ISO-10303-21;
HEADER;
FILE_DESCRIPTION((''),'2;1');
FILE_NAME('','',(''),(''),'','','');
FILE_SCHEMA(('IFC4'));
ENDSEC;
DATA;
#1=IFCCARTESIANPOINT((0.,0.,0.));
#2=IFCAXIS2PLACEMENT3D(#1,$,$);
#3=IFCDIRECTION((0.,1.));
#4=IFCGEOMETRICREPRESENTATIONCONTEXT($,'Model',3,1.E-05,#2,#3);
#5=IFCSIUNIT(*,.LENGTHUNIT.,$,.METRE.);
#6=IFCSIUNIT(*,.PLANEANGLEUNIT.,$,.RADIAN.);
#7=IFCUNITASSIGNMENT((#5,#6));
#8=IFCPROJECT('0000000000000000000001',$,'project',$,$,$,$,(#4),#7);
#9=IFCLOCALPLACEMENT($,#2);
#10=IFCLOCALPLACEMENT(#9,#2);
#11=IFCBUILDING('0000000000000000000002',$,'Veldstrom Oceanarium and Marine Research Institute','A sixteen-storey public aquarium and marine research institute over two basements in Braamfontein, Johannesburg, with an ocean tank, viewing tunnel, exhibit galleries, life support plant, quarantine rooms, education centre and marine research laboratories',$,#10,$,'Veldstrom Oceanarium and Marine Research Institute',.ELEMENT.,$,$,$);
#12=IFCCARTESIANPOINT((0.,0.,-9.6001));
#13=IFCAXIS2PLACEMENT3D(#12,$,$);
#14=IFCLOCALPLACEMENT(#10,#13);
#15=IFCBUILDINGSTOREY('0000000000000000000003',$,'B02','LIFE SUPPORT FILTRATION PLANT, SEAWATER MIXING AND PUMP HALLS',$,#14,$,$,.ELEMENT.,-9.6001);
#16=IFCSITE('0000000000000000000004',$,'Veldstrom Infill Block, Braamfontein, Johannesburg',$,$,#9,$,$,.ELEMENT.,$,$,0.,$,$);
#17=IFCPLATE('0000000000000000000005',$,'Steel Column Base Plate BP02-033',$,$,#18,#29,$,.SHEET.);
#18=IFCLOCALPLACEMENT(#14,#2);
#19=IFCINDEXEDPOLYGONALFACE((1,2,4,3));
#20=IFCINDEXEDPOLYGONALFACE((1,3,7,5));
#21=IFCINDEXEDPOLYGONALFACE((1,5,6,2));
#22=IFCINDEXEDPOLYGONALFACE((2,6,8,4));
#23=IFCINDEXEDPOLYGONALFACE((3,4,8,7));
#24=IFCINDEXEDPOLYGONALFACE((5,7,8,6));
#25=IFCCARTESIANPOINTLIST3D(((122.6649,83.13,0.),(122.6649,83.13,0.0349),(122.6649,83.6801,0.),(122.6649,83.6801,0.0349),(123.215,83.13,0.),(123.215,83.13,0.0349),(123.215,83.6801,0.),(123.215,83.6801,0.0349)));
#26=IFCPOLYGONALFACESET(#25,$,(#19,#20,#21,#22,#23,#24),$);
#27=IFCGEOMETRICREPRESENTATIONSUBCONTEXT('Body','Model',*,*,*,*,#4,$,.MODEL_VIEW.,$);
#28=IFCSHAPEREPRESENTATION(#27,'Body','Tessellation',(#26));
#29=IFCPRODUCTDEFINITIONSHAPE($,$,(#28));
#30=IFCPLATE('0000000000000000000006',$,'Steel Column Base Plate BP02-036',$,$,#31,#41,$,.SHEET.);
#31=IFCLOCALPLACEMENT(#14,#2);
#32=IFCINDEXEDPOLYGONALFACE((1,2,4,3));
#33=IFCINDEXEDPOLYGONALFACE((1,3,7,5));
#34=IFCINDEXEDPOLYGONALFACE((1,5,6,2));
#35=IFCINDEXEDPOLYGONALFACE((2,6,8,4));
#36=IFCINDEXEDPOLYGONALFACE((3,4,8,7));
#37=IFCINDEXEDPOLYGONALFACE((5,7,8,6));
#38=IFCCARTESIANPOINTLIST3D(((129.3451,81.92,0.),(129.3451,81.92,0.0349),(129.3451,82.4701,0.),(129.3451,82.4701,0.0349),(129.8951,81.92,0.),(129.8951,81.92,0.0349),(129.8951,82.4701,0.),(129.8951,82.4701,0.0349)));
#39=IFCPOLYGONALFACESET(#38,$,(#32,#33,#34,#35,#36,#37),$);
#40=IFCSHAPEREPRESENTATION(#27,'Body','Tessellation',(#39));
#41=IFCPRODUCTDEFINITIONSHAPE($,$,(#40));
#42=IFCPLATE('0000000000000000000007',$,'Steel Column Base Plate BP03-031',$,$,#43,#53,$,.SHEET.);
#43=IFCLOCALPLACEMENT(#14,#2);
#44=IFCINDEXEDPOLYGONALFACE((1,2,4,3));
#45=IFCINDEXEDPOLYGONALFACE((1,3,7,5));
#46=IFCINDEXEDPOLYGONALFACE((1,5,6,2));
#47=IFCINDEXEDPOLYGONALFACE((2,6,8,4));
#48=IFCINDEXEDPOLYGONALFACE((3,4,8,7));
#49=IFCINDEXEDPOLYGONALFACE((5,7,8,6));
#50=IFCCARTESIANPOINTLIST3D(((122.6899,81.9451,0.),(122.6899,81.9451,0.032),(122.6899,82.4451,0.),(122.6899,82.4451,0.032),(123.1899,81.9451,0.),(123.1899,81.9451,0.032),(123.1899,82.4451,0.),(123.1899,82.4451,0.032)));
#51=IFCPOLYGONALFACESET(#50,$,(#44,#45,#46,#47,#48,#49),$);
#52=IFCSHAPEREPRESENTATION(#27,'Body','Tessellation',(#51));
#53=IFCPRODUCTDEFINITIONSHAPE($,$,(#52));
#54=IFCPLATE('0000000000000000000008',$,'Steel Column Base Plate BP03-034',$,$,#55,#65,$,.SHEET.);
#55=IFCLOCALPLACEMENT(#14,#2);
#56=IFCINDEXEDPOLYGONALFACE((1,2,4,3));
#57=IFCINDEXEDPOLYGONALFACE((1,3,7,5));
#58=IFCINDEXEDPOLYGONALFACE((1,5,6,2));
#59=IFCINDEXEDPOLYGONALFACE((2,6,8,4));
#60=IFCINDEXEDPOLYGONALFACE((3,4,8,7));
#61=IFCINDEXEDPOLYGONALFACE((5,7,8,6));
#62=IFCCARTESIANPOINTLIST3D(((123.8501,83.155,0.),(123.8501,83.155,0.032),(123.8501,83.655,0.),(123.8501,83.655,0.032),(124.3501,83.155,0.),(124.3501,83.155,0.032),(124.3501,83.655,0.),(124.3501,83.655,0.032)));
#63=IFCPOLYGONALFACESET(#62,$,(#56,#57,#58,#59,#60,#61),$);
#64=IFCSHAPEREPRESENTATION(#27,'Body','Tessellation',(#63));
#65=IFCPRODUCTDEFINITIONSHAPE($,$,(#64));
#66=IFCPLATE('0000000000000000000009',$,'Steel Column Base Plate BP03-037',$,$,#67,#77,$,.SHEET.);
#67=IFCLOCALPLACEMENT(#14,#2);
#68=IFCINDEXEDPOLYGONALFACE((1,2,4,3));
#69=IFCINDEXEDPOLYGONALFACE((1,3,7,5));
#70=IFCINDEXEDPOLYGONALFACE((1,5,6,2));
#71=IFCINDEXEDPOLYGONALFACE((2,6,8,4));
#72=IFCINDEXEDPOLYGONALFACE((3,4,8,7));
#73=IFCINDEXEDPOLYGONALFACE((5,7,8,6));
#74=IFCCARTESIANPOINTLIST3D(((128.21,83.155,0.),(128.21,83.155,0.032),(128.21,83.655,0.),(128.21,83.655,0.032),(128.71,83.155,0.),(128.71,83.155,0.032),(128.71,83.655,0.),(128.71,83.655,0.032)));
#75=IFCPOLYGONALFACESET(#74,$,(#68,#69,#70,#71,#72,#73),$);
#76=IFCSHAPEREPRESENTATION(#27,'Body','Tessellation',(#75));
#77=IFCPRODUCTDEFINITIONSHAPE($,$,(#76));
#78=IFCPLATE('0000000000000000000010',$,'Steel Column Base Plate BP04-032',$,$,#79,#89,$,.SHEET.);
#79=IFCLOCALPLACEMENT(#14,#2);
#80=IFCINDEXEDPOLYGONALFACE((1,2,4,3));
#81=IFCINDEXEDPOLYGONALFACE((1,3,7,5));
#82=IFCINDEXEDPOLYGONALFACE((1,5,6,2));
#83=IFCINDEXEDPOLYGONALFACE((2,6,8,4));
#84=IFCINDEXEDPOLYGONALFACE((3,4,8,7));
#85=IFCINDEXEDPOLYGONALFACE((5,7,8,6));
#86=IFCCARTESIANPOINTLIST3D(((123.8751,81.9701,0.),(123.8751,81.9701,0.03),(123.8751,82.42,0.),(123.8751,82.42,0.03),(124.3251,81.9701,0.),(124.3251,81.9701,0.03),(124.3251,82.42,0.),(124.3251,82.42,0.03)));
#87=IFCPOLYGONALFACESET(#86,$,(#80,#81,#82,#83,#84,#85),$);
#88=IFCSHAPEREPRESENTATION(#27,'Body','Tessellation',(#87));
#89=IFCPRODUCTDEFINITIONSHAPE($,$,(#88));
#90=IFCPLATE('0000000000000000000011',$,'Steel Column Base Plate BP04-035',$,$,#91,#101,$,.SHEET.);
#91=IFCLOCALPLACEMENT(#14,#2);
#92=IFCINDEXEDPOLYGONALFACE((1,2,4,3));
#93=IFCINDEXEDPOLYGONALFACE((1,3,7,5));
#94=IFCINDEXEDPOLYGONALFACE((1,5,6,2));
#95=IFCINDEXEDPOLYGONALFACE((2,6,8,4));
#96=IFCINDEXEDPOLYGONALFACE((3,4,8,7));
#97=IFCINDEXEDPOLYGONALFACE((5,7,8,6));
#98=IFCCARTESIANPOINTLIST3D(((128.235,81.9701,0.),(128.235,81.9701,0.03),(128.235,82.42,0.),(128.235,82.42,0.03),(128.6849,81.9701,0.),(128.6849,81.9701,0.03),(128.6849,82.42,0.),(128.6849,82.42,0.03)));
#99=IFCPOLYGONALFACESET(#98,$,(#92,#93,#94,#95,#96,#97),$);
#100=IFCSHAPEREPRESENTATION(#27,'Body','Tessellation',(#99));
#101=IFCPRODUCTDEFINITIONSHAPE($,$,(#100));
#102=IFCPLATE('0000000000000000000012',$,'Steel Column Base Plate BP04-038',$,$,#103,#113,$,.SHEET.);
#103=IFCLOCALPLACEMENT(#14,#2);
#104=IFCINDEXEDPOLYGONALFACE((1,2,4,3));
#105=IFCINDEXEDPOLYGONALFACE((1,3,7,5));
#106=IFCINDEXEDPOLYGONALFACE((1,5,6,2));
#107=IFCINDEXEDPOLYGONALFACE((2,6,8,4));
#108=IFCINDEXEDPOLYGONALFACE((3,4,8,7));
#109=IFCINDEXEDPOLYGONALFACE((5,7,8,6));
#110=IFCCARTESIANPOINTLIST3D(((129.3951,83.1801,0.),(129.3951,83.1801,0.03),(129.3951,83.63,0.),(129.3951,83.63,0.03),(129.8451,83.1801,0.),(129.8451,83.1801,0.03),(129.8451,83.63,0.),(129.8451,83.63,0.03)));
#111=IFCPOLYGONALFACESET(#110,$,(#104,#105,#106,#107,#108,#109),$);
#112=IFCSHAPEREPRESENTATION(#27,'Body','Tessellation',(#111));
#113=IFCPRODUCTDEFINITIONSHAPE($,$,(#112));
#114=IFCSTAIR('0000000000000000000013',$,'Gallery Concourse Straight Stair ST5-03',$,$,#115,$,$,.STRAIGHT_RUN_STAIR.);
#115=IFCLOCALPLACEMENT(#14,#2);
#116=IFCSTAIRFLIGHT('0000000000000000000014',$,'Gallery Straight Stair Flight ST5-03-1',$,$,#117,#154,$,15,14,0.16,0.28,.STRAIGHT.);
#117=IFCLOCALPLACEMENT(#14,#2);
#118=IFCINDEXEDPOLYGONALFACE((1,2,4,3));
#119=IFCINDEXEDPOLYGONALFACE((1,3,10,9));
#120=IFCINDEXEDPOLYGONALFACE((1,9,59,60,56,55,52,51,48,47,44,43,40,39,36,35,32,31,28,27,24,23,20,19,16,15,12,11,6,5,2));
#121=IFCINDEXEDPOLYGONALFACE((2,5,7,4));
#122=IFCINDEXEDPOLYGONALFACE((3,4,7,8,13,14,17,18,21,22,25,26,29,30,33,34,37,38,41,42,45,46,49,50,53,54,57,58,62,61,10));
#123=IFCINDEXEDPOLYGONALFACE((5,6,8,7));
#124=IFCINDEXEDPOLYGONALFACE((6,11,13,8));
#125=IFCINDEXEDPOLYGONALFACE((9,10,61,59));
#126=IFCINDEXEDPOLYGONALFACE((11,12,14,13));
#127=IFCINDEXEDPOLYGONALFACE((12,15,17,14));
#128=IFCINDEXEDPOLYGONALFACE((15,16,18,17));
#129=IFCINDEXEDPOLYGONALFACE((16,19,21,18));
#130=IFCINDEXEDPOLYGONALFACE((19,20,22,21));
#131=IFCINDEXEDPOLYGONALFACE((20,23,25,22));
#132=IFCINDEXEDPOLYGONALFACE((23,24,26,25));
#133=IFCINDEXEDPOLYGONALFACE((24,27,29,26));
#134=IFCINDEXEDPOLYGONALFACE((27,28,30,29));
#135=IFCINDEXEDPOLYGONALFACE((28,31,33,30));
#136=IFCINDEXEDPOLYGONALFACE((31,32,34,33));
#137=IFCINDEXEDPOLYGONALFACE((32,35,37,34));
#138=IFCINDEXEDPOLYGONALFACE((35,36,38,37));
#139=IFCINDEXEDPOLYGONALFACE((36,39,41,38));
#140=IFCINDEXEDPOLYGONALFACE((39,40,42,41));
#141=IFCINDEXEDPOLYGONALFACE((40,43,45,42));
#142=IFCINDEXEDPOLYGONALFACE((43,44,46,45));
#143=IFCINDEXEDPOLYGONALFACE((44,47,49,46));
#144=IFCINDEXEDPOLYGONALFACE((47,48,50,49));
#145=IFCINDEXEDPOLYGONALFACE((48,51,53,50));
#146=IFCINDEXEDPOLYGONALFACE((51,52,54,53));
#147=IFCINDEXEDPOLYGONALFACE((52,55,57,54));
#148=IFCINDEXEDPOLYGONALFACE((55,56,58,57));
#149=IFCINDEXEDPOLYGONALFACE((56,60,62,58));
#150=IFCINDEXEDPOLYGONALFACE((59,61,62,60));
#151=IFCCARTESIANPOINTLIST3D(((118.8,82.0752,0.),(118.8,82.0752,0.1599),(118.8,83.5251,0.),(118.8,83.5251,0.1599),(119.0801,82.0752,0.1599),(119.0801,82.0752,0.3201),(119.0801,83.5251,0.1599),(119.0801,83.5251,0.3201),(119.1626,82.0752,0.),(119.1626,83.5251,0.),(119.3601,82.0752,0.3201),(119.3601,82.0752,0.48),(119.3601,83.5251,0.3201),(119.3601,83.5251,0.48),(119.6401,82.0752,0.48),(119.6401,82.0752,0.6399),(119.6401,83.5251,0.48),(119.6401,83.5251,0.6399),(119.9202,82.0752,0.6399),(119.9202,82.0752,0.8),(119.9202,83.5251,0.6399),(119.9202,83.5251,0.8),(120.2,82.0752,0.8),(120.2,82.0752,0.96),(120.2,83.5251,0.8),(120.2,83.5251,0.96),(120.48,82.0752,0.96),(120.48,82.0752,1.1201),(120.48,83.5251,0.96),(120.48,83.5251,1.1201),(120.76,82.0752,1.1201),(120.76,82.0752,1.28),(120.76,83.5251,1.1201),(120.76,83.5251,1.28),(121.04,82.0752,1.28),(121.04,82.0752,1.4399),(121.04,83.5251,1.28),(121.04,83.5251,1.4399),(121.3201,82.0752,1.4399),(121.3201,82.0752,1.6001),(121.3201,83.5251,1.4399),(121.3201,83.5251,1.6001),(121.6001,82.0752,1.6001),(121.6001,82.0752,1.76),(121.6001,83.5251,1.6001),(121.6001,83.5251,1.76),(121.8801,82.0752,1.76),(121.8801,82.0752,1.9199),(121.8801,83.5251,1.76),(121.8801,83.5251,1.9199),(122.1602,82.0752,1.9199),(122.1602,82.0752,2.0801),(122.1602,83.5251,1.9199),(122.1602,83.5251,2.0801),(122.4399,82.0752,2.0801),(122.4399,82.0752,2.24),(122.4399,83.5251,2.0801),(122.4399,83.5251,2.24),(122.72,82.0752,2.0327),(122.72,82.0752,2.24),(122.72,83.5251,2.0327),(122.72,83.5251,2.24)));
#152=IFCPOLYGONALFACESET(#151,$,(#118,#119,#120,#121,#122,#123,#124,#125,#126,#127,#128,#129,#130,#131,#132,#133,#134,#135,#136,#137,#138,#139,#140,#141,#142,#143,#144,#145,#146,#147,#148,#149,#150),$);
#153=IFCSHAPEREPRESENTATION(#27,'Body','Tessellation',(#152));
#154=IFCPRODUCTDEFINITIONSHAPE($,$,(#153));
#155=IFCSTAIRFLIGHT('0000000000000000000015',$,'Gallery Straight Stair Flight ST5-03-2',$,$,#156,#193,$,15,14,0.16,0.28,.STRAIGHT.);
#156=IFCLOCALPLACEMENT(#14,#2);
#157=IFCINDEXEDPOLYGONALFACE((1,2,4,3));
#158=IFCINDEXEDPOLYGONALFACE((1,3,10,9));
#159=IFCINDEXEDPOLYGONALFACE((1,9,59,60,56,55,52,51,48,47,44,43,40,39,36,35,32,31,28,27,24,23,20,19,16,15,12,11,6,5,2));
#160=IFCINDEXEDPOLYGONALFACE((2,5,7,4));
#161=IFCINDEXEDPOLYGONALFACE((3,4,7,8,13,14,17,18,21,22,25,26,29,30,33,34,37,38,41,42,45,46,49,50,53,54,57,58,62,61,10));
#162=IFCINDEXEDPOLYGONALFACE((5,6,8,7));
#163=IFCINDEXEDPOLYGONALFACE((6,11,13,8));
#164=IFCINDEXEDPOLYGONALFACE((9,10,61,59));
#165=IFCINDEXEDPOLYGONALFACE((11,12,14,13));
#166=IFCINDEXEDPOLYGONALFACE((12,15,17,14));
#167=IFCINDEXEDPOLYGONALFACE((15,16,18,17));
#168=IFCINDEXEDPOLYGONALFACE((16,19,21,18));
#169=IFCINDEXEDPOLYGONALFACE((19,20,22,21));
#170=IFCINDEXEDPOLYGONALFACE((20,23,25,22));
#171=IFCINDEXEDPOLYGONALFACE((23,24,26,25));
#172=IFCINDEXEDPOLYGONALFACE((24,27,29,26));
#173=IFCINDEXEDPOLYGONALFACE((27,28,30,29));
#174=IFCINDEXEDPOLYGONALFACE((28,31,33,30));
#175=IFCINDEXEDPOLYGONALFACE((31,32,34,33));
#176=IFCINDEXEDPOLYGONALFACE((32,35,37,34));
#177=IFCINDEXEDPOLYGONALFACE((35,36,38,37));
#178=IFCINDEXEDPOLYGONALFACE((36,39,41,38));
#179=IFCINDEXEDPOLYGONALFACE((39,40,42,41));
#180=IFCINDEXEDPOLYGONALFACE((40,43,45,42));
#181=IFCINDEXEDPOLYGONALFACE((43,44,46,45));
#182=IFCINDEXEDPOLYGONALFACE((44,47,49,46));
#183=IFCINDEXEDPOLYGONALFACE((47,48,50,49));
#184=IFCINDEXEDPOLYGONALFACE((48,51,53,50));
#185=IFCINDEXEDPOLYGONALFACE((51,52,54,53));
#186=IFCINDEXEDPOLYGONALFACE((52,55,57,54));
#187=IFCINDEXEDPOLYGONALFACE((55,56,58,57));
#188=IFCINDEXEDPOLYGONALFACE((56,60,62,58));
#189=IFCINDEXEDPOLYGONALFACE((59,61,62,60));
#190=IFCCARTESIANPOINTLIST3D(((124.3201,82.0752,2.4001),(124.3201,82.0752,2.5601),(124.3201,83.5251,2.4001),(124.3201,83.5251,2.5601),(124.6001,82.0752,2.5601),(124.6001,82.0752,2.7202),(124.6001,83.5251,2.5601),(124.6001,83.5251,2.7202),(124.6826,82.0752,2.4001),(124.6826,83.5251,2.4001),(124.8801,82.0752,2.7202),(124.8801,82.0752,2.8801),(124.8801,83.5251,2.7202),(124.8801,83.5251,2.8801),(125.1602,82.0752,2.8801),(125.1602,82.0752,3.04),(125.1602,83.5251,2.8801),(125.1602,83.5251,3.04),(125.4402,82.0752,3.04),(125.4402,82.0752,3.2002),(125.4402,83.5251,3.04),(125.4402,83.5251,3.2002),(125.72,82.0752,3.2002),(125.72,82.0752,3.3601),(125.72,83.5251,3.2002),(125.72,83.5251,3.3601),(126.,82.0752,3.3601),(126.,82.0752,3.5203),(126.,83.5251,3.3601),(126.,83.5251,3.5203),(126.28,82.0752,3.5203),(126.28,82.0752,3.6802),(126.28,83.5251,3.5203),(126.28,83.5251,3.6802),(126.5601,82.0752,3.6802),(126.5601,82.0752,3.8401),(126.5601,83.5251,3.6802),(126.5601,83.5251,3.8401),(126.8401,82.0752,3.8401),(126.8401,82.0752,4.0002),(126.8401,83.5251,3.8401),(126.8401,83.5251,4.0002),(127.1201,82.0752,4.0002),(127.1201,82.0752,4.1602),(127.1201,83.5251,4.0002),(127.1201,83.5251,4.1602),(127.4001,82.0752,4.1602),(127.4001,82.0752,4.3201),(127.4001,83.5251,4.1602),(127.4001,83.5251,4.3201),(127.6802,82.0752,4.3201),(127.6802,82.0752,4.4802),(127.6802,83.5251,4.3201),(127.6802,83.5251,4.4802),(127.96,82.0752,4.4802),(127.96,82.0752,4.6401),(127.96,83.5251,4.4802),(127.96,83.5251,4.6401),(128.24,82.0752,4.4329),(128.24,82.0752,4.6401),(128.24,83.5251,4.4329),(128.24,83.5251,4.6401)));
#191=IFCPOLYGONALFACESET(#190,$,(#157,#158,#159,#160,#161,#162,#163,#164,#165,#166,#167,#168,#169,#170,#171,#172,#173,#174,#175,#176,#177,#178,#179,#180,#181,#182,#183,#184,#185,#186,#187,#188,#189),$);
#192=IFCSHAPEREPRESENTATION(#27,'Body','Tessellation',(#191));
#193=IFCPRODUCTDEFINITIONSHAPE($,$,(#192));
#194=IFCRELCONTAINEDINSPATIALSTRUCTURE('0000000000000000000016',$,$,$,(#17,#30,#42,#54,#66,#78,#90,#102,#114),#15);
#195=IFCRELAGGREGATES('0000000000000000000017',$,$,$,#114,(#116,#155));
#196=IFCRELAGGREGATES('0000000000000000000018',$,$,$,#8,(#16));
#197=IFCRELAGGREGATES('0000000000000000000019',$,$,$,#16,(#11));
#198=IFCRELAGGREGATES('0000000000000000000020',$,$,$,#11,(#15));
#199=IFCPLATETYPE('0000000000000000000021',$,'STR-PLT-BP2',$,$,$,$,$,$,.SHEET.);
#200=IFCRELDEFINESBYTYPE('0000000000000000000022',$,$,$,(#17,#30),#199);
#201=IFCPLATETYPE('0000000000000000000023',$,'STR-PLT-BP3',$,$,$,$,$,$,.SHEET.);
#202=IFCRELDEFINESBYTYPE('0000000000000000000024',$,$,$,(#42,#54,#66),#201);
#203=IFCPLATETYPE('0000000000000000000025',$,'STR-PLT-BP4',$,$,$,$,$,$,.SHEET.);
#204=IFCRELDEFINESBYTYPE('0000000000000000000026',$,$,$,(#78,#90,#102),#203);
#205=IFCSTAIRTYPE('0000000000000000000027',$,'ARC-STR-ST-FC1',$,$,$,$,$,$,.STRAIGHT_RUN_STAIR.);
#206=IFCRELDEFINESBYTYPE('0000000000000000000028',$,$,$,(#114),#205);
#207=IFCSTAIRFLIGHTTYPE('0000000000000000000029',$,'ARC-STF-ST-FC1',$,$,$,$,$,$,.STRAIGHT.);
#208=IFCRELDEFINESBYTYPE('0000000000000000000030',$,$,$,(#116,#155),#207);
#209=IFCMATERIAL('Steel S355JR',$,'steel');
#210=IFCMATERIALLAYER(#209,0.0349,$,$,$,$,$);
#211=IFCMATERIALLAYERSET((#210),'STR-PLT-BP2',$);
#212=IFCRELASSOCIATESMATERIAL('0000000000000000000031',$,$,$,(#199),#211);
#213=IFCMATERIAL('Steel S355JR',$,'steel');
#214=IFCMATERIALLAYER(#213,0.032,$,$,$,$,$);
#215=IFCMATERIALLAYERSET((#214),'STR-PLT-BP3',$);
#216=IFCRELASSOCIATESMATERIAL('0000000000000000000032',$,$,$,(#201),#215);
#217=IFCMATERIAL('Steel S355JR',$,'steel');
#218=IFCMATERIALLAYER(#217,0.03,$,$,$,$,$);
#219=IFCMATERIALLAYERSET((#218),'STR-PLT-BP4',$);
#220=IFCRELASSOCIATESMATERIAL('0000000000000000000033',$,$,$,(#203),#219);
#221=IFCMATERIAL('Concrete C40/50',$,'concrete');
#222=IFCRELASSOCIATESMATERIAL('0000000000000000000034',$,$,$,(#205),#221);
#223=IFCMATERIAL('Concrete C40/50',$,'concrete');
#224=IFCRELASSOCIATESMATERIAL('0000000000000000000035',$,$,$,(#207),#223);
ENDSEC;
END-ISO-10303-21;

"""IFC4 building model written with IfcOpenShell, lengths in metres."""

from ifc_helpers import new_model, si_unit, direction, frame, origin, origin_2d, place, context, subcontext, project, spatial, polyline, rectangle, outline, extrude, material, layer, layer_set, type_object, element, aggregate, save


model = new_model("IFC4")

# Units and contexts
model_context = context("Model", 3, precision=1e-05, world=origin(), true_north=direction((0.0, 1.0)))
body_context = subcontext(model_context, "Body", "Model", "MODEL_VIEW")
ifc_project = project(units=[si_unit("LENGTHUNIT", "METRE"), si_unit("PLANEANGLEUNIT", "RADIAN")], contexts=[model_context])

# Site, building, storey
site_placement = place(None, origin())
site = spatial("IfcSite", under=ifc_project, at=site_placement, Name="Veldstrom Infill Block, Braamfontein, Johannesburg", CompositionType="ELEMENT", RefElevation=0.0)
building_placement = place(site_placement, origin())
building = spatial("IfcBuilding", under=site, at=building_placement, Name="Veldstrom Oceanarium and Marine Research Institute", Description="A sixteen-storey public aquarium and marine research institute over two basements in Braamfontein, Johannesburg, with an ocean tank, viewing tunnel, exhibit galleries, life support plant, quarantine rooms, education centre and marine research laboratories", LongName="Veldstrom Oceanarium and Marine Research Institute", CompositionType="ELEMENT")
storey_placement = place(building_placement, frame((0.0, 0.0, -9.6001)))
storey = spatial("IfcBuildingStorey", under=building, at=storey_placement, Name="B02", Description="LIFE SUPPORT FILTRATION PLANT, SEAWATER MIXING AND PUMP HALLS", CompositionType="ELEMENT", Elevation=-9.6001)

# Plates
ifc_material_1 = material(Name="Steel S355JR", Category="steel")
ifc_layer_1 = layer(ifc_material_1, 0.0349)
ifc_layer_set_1 = layer_set([ifc_layer_1], Name="STR-PLT-BP2")
plate_type_1 = type_object("IfcPlateType", Name="STR-PLT-BP2", PredefinedType="SHEET", material=ifc_layer_set_1)
for number, where, z_axis, x_axis, name in (
    (1, (122.9399, 83.405, 0.0), (0.0, 0.0, 1.0), (1.0, 0.0, 0.0), "Steel Column Base Plate BP02-033"),
    (2, (129.6201, 82.1951, 0.0), (0.0, 0.0, 1.0), (1.0, 0.0, 0.0), "Steel Column Base Plate BP02-036"),
):
    element("IfcPlate", number, at=place(storey_placement, frame(where, z_axis=z_axis, x_axis=x_axis)), inside=storey, type_object=plate_type_1, Name=name, PredefinedType="SHEET", context=body_context, shape_type="SweptSolid", body=[
        extrude(rectangle(XDim=0.55, YDim=0.55, at=origin_2d()), origin(), (0.0, 0.0, 1.0), 0.0349),
    ])
ifc_material_2 = material(Name="Steel S355JR", Category="steel")
ifc_layer_2 = layer(ifc_material_2, 0.032)
ifc_layer_set_2 = layer_set([ifc_layer_2], Name="STR-PLT-BP3")
plate_type_2 = type_object("IfcPlateType", Name="STR-PLT-BP3", PredefinedType="SHEET", material=ifc_layer_set_2)
for number, where, z_axis, x_axis, name in (
    (3, (122.9399, 82.1951, 0.0), (0.0, 0.0, 1.0), (1.0, 0.0, 0.0), "Steel Column Base Plate BP03-031"),
    (4, (124.1001, 83.405, 0.0), (0.0, 0.0, 1.0), (1.0, 0.0, 0.0), "Steel Column Base Plate BP03-034"),
    (5, (128.46, 83.405, 0.0), (0.0, 0.0, 1.0), (1.0, 0.0, 0.0), "Steel Column Base Plate BP03-037"),
):
    element("IfcPlate", number, at=place(storey_placement, frame(where, z_axis=z_axis, x_axis=x_axis)), inside=storey, type_object=plate_type_2, Name=name, PredefinedType="SHEET", context=body_context, shape_type="SweptSolid", body=[
        extrude(rectangle(XDim=0.5, YDim=0.5, at=origin_2d()), origin(), (0.0, 0.0, 1.0), 0.032),
    ])
ifc_material_3 = material(Name="Steel S355JR", Category="steel")
ifc_layer_3 = layer(ifc_material_3, 0.03)
ifc_layer_set_3 = layer_set([ifc_layer_3], Name="STR-PLT-BP4")
plate_type_3 = type_object("IfcPlateType", Name="STR-PLT-BP4", PredefinedType="SHEET", material=ifc_layer_set_3)
for number, where, z_axis, x_axis, name in (
    (6, (124.1001, 82.1951, 0.0), (0.0, 0.0, 1.0), (1.0, 0.0, 0.0), "Steel Column Base Plate BP04-032"),
    (7, (128.46, 82.1951, 0.0), (0.0, 0.0, 1.0), (1.0, 0.0, 0.0), "Steel Column Base Plate BP04-035"),
    (8, (129.6201, 83.405, 0.0), (0.0, 0.0, 1.0), (1.0, 0.0, 0.0), "Steel Column Base Plate BP04-038"),
):
    element("IfcPlate", number, at=place(storey_placement, frame(where, z_axis=z_axis, x_axis=x_axis)), inside=storey, type_object=plate_type_3, Name=name, PredefinedType="SHEET", context=body_context, shape_type="SweptSolid", body=[
        extrude(rectangle(XDim=0.45, YDim=0.45, at=origin_2d()), origin(), (0.0, 0.0, 1.0), 0.03),
    ])

# Stair, stair flights
ifc_material_4 = material(Name="Concrete C40/50", Category="concrete")
stair_type = type_object("IfcStairType", Name="ARC-STR-ST-FC1", PredefinedType="STRAIGHT_RUN_STAIR", material=ifc_material_4)
stair_placement = place(storey_placement, origin())
stair = element("IfcStair", 9, at=stair_placement, inside=storey, type_object=stair_type, Name="Gallery Concourse Straight Stair ST5-03", PredefinedType="STRAIGHT_RUN_STAIR")
ifc_material_5 = material(Name="Concrete C40/50", Category="concrete")
stair_flight_type = type_object("IfcStairFlightType", Name="ARC-STF-ST-FC1", PredefinedType="STRAIGHT", material=ifc_material_5)
stair_flight_1_placement = place(storey_placement, frame((118.8, 82.8, 0.0), z_axis=(0.0, 0.0, 1.0), x_axis=(1.0, 0.0, 0.0)))
stair_flight_1 = element("IfcStairFlight", 10, at=stair_flight_1_placement, type_object=stair_flight_type, Name="Gallery Straight Stair Flight ST5-03-1", NumberOfRisers=15, NumberOfTreads=14, PredefinedType="STRAIGHT", RiserHeight=0.16, TreadLength=0.28, context=body_context, shape_type="SweptSolid", body=[
    extrude(outline(polyline([(0.0, 0.0), (0.0, 0.1599), (0.28, 0.1599), (0.28, 0.3201), (0.5601, 0.3201), (0.5601, 0.48), (0.8401, 0.48), (0.8401, 0.6399), (1.1201, 0.6399), (1.1201, 0.8), (1.3999, 0.8), (1.3999, 0.96), (1.6799, 0.96), (1.6799, 1.1201), (1.96, 1.1201), (1.96, 1.28), (2.24, 1.28), (2.24, 1.4399), (2.52, 1.4399), (2.52, 1.6001), (2.8, 1.6001), (2.8, 1.76), (3.0801, 1.76), (3.0801, 1.9199), (3.3601, 1.9199), (3.3601, 2.0801), (3.6399, 2.0801), (3.6399, 2.24), (3.9199, 2.24), (3.9199, 2.3999), (3.9199, 2.0327), (0.3625, 0.0), (0.0, 0.0)])), frame((0.0, 0.7251, 0.0), z_axis=(0.0, -1.0, 0.0), x_axis=(1.0, 0.0, 0.0)), (0.0, 0.0, 1.0), 1.45),
])
stair_flight_2_placement = place(storey_placement, frame((124.3201, 82.8, 2.4001), z_axis=(0.0, 0.0, 1.0), x_axis=(1.0, 0.0, 0.0)))
stair_flight_2 = element("IfcStairFlight", 11, at=stair_flight_2_placement, type_object=stair_flight_type, Name="Gallery Straight Stair Flight ST5-03-2", NumberOfRisers=15, NumberOfTreads=14, PredefinedType="STRAIGHT", RiserHeight=0.16, TreadLength=0.28, context=body_context, shape_type="SweptSolid", body=[
    extrude(outline(polyline([(0.0, 0.0), (0.0, 0.1599), (0.28, 0.1599), (0.28, 0.3201), (0.5601, 0.3201), (0.5601, 0.48), (0.8401, 0.48), (0.8401, 0.6399), (1.1201, 0.6399), (1.1201, 0.8), (1.3999, 0.8), (1.3999, 0.96), (1.6799, 0.96), (1.6799, 1.1201), (1.96, 1.1201), (1.96, 1.28), (2.24, 1.28), (2.24, 1.4399), (2.52, 1.4399), (2.52, 1.6001), (2.8, 1.6001), (2.8, 1.76), (3.0801, 1.76), (3.0801, 1.9199), (3.3601, 1.9199), (3.3601, 2.0801), (3.6399, 2.0801), (3.6399, 2.24), (3.9199, 2.24), (3.9199, 2.3999), (3.9199, 2.0327), (0.3625, 0.0), (0.0, 0.0)])), frame((0.0, 0.7251, 0.0), z_axis=(0.0, -1.0, 0.0), x_axis=(1.0, 0.0, 0.0)), (0.0, 0.0, 1.0), 1.45),
])
aggregate(stair, [stair_flight_1, stair_flight_2])

save(model, "model.ifc")
